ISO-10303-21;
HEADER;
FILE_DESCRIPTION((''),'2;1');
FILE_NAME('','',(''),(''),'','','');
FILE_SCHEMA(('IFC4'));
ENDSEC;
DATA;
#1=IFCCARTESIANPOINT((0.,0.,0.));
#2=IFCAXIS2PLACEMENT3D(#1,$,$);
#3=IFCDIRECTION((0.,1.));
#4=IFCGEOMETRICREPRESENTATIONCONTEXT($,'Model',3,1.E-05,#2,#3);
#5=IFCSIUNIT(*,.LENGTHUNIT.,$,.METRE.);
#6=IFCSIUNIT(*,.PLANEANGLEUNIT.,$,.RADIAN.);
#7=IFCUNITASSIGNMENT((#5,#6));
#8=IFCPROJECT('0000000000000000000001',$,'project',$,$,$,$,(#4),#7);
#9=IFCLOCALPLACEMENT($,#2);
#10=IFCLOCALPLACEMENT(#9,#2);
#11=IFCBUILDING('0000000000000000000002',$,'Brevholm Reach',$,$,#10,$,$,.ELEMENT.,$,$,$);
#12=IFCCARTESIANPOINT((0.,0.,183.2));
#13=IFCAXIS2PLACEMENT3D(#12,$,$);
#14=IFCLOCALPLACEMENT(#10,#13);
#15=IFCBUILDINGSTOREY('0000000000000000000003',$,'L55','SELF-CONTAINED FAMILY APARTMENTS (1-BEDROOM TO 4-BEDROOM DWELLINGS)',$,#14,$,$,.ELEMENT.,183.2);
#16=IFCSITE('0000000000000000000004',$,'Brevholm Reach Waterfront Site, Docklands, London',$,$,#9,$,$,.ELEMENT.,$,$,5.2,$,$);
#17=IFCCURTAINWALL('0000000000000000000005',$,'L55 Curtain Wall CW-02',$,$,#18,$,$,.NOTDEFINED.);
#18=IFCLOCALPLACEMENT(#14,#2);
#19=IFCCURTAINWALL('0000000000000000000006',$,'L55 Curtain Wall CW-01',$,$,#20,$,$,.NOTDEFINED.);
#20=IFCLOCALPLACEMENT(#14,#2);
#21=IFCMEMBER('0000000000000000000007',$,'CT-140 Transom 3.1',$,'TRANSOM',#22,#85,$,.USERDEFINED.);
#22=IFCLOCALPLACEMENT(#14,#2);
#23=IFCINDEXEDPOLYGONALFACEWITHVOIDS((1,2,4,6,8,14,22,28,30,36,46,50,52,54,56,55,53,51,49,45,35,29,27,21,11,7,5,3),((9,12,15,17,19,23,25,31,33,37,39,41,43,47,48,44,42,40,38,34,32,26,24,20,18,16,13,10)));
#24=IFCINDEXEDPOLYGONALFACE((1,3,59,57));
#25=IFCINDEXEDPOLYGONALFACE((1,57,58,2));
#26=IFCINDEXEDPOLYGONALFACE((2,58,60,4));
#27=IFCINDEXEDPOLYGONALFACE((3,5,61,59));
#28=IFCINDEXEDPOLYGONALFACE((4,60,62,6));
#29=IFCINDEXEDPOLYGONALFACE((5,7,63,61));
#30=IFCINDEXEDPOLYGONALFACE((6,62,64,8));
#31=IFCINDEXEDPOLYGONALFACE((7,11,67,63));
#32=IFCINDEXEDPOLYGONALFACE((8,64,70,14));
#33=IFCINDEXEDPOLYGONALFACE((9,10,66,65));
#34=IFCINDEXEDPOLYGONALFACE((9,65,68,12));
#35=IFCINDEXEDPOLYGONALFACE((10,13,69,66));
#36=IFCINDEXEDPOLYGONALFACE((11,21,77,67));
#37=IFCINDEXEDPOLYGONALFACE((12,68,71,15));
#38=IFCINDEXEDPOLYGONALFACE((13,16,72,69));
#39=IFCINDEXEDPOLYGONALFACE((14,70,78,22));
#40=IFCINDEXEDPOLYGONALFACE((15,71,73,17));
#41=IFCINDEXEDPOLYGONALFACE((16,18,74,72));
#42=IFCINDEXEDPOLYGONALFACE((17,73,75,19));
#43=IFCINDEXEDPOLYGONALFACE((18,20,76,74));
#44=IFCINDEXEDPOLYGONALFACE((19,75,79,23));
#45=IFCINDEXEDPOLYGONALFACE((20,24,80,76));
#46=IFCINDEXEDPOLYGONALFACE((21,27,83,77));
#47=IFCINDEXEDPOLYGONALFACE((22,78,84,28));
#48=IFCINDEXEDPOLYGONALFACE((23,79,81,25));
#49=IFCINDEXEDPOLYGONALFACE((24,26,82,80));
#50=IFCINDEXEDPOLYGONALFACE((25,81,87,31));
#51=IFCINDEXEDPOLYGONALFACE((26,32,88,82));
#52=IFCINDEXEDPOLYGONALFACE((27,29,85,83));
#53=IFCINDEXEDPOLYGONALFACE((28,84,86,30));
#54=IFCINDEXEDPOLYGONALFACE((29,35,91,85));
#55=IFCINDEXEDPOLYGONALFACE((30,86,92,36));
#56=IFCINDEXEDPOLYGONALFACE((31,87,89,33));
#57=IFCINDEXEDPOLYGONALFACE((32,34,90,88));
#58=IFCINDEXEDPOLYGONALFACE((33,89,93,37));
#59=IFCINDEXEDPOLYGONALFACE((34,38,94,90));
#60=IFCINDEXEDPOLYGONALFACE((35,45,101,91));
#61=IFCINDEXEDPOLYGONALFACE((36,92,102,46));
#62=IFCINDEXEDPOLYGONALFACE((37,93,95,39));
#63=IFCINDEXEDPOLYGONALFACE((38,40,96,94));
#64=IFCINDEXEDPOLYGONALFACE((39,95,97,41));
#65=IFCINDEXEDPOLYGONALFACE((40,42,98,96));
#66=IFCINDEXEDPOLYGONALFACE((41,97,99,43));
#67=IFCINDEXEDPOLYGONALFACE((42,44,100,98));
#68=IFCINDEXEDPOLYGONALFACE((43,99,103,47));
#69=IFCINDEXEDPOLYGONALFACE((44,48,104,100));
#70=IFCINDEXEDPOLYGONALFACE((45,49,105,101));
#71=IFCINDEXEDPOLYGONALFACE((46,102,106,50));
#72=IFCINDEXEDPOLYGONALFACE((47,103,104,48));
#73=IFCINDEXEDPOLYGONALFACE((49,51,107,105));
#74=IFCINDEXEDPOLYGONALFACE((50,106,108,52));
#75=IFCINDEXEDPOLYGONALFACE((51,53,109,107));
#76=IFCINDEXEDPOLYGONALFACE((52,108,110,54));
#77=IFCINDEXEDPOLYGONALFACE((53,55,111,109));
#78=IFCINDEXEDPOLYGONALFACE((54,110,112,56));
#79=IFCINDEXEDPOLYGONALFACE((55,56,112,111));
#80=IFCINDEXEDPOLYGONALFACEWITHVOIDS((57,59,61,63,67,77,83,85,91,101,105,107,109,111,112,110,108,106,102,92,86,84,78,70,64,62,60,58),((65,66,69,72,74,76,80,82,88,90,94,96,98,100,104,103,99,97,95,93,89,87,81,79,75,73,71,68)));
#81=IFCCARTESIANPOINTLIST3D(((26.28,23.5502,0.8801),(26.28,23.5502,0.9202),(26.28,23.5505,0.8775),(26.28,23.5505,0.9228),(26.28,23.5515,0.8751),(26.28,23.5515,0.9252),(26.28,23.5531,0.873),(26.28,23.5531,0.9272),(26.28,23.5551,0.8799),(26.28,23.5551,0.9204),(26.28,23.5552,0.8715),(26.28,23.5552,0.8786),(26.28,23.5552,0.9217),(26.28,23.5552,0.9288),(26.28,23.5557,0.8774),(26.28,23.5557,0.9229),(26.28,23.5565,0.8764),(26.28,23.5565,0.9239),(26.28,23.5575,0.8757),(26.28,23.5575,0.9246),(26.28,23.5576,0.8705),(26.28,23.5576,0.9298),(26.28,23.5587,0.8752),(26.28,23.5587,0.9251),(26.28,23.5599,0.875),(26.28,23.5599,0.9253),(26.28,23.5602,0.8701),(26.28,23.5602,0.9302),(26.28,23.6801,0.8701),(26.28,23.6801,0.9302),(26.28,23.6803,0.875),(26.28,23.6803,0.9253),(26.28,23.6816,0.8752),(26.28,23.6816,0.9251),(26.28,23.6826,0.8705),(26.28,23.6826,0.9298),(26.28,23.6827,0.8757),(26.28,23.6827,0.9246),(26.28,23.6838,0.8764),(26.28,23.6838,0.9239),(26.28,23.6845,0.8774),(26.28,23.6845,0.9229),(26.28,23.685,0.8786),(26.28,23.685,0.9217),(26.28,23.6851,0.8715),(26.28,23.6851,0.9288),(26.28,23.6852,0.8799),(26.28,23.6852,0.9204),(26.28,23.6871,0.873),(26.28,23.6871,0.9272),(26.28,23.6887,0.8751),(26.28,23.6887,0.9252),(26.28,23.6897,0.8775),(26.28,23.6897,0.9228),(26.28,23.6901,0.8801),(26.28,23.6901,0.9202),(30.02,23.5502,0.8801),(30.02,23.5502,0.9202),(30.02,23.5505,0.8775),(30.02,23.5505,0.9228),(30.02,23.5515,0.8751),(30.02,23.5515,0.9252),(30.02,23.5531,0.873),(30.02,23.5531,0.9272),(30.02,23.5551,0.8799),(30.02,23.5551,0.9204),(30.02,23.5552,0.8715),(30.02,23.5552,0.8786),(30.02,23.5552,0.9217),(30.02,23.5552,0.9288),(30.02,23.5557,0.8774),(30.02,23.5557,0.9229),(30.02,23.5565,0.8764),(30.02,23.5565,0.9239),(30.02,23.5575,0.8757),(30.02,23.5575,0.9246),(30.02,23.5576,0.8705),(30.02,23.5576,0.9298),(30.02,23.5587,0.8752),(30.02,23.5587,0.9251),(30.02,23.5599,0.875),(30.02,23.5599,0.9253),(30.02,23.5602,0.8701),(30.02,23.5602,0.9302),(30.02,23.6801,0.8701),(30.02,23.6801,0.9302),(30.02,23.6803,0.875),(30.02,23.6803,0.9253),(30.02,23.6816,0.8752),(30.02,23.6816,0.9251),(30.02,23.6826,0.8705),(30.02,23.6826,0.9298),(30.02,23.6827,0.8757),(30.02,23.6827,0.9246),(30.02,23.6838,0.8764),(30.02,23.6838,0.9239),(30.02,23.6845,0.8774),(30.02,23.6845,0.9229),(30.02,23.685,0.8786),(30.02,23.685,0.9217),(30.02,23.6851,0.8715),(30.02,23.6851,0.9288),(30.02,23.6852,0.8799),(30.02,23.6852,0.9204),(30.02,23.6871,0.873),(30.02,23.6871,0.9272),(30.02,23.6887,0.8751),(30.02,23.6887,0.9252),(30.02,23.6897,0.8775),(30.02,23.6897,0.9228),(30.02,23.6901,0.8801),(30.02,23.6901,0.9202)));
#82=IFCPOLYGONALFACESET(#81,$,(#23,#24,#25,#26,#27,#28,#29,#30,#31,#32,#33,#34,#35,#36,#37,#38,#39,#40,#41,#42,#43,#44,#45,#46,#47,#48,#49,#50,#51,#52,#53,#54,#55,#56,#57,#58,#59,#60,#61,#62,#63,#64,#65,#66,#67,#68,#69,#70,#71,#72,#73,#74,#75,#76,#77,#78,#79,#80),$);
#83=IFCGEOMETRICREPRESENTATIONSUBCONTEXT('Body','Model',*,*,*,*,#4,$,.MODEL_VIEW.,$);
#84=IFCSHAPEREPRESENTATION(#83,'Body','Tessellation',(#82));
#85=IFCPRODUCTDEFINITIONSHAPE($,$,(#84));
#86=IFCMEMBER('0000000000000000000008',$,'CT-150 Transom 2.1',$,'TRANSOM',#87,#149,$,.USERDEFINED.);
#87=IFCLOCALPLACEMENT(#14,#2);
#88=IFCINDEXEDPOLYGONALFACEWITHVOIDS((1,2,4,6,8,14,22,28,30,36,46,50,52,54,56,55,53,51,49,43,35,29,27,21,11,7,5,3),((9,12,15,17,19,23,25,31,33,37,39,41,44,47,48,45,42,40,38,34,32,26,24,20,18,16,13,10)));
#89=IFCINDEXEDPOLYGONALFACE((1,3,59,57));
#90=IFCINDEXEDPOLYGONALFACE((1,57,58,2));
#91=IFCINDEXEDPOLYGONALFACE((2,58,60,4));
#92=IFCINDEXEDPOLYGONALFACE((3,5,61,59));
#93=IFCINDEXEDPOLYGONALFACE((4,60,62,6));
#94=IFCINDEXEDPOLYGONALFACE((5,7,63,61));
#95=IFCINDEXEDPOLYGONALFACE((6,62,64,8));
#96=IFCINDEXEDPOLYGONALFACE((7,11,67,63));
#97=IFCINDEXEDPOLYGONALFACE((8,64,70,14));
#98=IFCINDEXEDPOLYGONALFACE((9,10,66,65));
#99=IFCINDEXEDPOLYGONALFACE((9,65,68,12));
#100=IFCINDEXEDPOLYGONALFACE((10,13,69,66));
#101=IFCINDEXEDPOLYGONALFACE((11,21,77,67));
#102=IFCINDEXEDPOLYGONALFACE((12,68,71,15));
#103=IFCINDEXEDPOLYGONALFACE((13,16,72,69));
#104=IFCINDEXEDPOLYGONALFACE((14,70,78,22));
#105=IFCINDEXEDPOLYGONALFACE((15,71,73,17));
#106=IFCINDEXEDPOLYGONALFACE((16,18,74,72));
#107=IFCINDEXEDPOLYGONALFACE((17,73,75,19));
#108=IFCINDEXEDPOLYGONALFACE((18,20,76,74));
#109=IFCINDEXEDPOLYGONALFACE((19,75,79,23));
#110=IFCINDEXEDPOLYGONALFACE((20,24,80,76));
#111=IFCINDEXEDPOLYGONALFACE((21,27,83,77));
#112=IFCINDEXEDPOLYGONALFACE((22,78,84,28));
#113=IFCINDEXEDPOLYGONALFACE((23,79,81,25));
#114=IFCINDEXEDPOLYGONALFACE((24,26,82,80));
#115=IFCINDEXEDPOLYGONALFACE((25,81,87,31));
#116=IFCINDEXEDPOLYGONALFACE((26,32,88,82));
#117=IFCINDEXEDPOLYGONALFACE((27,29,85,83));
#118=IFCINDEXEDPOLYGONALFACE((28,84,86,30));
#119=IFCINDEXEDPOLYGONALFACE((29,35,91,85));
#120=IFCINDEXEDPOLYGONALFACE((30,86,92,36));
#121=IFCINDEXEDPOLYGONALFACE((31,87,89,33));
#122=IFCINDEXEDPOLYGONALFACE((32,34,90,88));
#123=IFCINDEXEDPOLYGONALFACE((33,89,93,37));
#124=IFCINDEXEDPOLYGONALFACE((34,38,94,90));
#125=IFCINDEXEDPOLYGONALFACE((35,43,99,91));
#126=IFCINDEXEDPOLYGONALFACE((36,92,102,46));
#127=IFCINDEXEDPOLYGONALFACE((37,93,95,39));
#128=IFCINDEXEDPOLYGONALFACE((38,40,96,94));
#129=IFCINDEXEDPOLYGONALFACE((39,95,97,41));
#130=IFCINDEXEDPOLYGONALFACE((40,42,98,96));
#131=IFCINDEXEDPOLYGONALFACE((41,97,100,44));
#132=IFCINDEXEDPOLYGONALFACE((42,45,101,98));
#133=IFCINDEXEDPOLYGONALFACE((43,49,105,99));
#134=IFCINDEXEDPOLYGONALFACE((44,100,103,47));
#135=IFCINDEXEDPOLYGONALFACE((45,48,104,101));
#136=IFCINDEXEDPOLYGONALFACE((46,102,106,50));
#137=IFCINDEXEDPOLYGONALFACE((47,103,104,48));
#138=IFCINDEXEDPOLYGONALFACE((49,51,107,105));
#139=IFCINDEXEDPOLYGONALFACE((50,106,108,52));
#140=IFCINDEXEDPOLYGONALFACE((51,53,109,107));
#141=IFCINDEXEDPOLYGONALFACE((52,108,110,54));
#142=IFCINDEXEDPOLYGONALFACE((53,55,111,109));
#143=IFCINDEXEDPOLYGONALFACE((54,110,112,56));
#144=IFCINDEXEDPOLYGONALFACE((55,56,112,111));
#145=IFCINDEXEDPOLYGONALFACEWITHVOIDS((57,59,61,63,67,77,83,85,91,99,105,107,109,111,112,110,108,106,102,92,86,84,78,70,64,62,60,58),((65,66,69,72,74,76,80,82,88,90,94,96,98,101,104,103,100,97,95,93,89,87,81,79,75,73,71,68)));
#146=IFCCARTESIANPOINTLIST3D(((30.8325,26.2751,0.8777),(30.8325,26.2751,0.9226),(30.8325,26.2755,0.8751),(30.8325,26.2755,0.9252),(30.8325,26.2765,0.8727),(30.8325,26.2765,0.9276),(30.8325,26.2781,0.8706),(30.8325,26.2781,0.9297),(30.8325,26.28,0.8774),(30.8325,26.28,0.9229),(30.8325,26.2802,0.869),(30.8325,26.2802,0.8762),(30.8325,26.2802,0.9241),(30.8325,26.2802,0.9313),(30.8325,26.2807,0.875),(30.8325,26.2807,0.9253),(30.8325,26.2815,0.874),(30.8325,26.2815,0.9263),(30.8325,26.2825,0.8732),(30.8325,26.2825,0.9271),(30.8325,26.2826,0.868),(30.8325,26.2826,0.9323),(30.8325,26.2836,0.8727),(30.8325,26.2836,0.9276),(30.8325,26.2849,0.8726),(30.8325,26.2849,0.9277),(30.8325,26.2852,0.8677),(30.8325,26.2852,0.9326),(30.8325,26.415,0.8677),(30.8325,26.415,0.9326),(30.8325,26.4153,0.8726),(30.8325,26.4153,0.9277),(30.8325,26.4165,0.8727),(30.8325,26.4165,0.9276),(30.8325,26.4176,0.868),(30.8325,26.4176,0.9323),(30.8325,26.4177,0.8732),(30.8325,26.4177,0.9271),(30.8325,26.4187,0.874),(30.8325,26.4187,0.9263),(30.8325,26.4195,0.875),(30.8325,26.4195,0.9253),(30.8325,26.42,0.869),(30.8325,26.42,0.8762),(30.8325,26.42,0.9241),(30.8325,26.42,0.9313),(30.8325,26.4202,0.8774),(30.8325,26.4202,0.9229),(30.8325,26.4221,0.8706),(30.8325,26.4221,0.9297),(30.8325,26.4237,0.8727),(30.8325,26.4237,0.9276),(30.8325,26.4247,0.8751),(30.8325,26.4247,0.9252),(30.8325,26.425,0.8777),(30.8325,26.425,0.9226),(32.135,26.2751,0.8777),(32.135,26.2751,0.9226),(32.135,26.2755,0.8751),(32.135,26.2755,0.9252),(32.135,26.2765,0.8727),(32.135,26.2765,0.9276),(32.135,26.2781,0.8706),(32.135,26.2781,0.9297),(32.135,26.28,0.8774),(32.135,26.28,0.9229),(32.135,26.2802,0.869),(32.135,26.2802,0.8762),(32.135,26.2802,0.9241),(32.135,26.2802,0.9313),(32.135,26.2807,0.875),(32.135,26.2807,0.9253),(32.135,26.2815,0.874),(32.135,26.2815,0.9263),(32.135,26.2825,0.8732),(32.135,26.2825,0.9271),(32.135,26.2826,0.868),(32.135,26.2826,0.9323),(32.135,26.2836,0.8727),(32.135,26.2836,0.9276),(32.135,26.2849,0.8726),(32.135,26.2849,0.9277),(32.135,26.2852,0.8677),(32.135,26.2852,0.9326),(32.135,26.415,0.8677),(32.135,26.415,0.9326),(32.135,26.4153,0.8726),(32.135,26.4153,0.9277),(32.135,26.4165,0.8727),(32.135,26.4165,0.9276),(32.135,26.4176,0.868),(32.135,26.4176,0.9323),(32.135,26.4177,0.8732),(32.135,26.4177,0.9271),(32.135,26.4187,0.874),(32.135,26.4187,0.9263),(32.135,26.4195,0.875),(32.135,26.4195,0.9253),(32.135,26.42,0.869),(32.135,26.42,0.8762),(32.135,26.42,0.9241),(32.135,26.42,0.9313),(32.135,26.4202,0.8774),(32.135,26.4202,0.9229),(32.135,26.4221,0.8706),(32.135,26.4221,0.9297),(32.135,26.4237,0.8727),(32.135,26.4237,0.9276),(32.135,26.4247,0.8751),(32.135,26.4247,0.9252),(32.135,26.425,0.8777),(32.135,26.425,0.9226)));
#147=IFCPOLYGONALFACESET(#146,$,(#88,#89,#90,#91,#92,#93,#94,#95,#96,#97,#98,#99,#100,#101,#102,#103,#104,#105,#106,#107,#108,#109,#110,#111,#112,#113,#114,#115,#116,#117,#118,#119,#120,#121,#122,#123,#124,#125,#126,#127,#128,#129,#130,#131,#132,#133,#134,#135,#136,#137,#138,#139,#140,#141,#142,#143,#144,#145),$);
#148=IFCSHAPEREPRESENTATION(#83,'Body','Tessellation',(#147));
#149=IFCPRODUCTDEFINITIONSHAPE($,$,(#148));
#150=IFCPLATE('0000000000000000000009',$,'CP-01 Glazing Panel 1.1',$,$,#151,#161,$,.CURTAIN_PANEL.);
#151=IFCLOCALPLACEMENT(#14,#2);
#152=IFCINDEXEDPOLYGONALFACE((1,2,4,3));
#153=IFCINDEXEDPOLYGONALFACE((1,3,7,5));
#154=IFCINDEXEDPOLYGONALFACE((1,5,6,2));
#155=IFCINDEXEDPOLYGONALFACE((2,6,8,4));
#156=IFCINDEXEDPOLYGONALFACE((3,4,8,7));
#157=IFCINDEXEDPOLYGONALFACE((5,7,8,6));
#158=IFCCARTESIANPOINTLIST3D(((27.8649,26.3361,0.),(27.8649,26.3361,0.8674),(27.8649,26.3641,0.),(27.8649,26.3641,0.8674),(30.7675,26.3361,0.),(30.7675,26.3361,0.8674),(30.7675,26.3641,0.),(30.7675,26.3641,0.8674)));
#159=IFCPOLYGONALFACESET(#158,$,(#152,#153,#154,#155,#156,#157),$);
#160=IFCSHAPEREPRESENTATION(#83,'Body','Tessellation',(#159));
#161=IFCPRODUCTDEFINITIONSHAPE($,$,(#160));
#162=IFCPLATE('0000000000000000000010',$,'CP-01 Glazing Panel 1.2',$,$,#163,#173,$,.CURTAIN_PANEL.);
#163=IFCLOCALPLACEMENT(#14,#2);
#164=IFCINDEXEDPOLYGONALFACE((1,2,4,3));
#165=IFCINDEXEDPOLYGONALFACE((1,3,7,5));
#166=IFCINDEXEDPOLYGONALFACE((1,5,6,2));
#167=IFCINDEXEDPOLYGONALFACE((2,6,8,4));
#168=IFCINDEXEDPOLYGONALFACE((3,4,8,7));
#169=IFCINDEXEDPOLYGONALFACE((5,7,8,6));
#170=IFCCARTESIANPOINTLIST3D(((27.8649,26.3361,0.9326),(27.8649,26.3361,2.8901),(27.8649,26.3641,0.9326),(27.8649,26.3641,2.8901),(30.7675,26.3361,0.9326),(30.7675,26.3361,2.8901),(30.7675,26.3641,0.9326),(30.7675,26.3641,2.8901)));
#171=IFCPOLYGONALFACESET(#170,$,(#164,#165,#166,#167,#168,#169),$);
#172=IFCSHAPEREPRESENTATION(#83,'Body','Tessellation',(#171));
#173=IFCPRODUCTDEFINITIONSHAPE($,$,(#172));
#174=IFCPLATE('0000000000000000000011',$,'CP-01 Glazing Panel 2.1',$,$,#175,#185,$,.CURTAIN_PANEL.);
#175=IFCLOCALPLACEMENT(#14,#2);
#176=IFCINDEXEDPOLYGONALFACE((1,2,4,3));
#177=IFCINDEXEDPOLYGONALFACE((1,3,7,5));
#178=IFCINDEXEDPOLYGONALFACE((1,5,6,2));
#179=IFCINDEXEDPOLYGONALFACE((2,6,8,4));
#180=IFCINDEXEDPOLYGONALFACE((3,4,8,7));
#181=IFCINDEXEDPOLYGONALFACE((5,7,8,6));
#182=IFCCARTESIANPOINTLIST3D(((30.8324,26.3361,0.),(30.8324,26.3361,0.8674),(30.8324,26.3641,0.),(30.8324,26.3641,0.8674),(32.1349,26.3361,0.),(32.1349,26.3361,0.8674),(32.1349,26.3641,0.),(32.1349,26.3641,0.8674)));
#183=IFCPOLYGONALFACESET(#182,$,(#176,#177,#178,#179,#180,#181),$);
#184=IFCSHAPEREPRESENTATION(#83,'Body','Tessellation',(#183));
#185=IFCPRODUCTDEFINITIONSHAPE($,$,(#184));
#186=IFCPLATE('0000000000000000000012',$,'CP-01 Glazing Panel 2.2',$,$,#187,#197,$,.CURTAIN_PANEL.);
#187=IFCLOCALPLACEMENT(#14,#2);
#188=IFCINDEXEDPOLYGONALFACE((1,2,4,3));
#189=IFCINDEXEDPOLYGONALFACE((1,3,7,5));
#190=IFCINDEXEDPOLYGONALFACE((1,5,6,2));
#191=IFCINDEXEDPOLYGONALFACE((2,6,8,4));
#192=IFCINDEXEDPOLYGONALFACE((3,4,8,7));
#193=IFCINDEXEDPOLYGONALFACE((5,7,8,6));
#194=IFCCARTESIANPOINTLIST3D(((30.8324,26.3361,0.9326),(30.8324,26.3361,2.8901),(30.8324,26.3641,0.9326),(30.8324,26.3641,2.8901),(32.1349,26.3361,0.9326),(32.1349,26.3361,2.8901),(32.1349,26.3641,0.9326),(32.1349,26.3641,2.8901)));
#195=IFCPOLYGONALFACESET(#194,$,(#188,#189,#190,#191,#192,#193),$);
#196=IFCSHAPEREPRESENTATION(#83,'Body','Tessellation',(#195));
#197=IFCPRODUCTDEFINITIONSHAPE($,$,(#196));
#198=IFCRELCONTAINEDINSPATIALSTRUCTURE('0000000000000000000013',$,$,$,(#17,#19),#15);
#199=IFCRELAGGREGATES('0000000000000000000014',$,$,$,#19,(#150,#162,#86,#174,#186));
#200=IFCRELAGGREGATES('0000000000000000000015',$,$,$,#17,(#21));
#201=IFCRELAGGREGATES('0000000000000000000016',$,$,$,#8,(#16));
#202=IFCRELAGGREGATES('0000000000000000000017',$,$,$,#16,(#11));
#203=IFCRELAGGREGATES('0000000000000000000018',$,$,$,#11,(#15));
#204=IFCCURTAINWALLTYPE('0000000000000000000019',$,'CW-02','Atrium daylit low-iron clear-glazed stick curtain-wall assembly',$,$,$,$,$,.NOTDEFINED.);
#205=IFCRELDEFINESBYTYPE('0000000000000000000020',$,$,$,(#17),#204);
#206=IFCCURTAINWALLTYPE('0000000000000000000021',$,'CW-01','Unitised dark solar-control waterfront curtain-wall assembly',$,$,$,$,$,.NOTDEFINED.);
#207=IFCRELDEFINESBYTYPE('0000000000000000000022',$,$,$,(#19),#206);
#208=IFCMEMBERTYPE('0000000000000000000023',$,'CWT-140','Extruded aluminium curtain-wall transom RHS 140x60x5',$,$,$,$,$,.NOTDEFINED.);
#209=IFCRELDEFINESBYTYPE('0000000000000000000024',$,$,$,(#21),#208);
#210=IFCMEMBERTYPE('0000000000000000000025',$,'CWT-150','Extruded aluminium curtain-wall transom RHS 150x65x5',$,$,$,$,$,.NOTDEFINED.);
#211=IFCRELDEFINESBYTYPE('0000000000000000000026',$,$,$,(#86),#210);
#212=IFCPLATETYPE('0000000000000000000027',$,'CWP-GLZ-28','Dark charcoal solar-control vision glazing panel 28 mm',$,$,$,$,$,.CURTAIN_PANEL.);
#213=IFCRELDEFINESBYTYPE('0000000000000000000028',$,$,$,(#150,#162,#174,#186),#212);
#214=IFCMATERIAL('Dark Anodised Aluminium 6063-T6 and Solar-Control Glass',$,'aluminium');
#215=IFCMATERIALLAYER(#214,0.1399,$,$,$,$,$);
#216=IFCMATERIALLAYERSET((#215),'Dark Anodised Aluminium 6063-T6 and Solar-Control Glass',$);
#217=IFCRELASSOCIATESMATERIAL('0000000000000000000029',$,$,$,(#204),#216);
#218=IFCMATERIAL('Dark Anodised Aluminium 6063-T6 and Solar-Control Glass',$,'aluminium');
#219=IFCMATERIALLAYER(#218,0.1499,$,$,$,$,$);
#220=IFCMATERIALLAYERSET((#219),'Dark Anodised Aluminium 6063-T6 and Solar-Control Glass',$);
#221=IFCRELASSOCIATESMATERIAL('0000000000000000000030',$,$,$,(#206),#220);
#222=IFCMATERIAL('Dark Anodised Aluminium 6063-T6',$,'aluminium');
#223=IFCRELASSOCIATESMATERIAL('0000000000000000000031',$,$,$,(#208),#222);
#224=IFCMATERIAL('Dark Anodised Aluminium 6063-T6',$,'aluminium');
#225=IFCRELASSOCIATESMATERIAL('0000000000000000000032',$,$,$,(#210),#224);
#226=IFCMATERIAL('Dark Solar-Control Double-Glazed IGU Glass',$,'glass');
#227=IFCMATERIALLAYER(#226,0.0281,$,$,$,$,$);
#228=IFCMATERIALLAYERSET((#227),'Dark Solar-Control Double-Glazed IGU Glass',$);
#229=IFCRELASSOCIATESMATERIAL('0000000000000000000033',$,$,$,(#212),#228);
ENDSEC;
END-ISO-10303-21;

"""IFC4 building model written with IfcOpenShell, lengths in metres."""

from ifc_helpers import new_model, si_unit, direction, frame, origin, origin_2d, place, context, subcontext, project, spatial, rectangle, hollow_rectangle, extrude, material, layer, layer_set, material_profile, profile_set, type_object, element, aggregate, save


model = new_model("IFC4")

# Units and contexts
model_context = context("Model", 3, precision=1e-05, world=origin(), true_north=direction((0.0, 1.0)))
body_context = subcontext(model_context, "Body", "Model", "MODEL_VIEW")
ifc_project = project(units=[si_unit("LENGTHUNIT", "METRE"), si_unit("PLANEANGLEUNIT", "RADIAN")], contexts=[model_context])

# Site, building, storey
site_placement = place(None, origin())
site = spatial("IfcSite", under=ifc_project, at=site_placement, Name="Brevholm Reach Waterfront Site, Docklands, London", CompositionType="ELEMENT", RefElevation=5.2)
building_placement = place(site_placement, origin())
building = spatial("IfcBuilding", under=site, at=building_placement, Name="Brevholm Reach", CompositionType="ELEMENT")
storey_placement = place(building_placement, frame((0.0, 0.0, 183.2)))
storey = spatial("IfcBuildingStorey", under=building, at=storey_placement, Name="L55", Description="SELF-CONTAINED FAMILY APARTMENTS (1-BEDROOM TO 4-BEDROOM DWELLINGS)", CompositionType="ELEMENT", Elevation=183.2)

# Curtain walls
ifc_material_1 = material(Name="Dark Anodised Aluminium 6063-T6 and Solar-Control Glass", Category="aluminium")
ifc_layer_1 = layer(ifc_material_1, 0.1399)
ifc_layer_set_1 = layer_set([ifc_layer_1], Name="Dark Anodised Aluminium 6063-T6 and Solar-Control Glass")
curtain_wall_type_1 = type_object("IfcCurtainWallType", Name="CW-02", Description="Atrium daylit low-iron clear-glazed stick curtain-wall assembly", PredefinedType="NOTDEFINED", material=ifc_layer_set_1)
curtain_wall_1_placement = place(storey_placement, origin())
curtain_wall_1 = element("IfcCurtainWall", 1, at=curtain_wall_1_placement, inside=storey, type_object=curtain_wall_type_1, Name="L55 Curtain Wall CW-02", PredefinedType="NOTDEFINED")
ifc_material_2 = material(Name="Dark Anodised Aluminium 6063-T6 and Solar-Control Glass", Category="aluminium")
ifc_layer_2 = layer(ifc_material_2, 0.1499)
ifc_layer_set_2 = layer_set([ifc_layer_2], Name="Dark Anodised Aluminium 6063-T6 and Solar-Control Glass")
curtain_wall_type_2 = type_object("IfcCurtainWallType", Name="CW-01", Description="Unitised dark solar-control waterfront curtain-wall assembly", PredefinedType="NOTDEFINED", material=ifc_layer_set_2)
curtain_wall_2_placement = place(storey_placement, origin())
curtain_wall_2 = element("IfcCurtainWall", 2, at=curtain_wall_2_placement, inside=storey, type_object=curtain_wall_type_2, Name="L55 Curtain Wall CW-01", PredefinedType="NOTDEFINED")

# Members
ifc_material_3 = material(Name="Dark Anodised Aluminium 6063-T6", Category="aluminium")
ifc_material_profile_1 = material_profile(ifc_material_3, hollow_rectangle(XDim=0.0601, YDim=0.1399, WallThickness=0.0049, InnerFilletRadius=0.0049, OuterFilletRadius=0.01, at=origin_2d()), Name="RHS 140x60x5")
ifc_profile_set_1 = profile_set([ifc_material_profile_1], Name="Dark Anodised Aluminium 6063-T6")
member_type_1 = type_object("IfcMemberType", Name="CWT-140", Description="Extruded aluminium curtain-wall transom RHS 140x60x5", PredefinedType="NOTDEFINED", material=ifc_profile_set_1)
member_1_placement = place(storey_placement, frame((30.02, 23.6201, 0.9001), z_axis=(-1.0, 0.0, 0.0), x_axis=(0.0, 0.0, 1.0)))
member_1 = element("IfcMember", 3, at=member_1_placement, type_object=member_type_1, Name="CT-140 Transom 3.1", ObjectType="TRANSOM", PredefinedType="USERDEFINED", context=body_context, shape_type="SweptSolid", body=[
    extrude(hollow_rectangle(XDim=0.0601, YDim=0.1399, WallThickness=0.0049, InnerFilletRadius=0.0049, OuterFilletRadius=0.01, at=origin_2d()), origin(), (0.0, 0.0, 1.0), 3.74),
])
ifc_material_4 = material(Name="Dark Anodised Aluminium 6063-T6", Category="aluminium")
ifc_material_profile_2 = material_profile(ifc_material_4, hollow_rectangle(XDim=0.0649, YDim=0.1499, WallThickness=0.0049, InnerFilletRadius=0.0049, OuterFilletRadius=0.01, at=origin_2d()), Name="RHS 150x65x5")
ifc_profile_set_2 = profile_set([ifc_material_profile_2], Name="Dark Anodised Aluminium 6063-T6")
member_type_2 = type_object("IfcMemberType", Name="CWT-150", Description="Extruded aluminium curtain-wall transom RHS 150x65x5", PredefinedType="NOTDEFINED", material=ifc_profile_set_2)
member_2_placement = place(storey_placement, frame((30.8325, 26.3501, 0.9001), z_axis=(1.0, 0.0, 0.0), x_axis=(0.0, 0.0, 1.0)))
member_2 = element("IfcMember", 4, at=member_2_placement, type_object=member_type_2, Name="CT-150 Transom 2.1", ObjectType="TRANSOM", PredefinedType="USERDEFINED", context=body_context, shape_type="SweptSolid", body=[
    extrude(hollow_rectangle(XDim=0.0649, YDim=0.1499, WallThickness=0.0049, InnerFilletRadius=0.0049, OuterFilletRadius=0.01, at=origin_2d()), origin(), (0.0, 0.0, 1.0), 1.3025),
])

# Plates
ifc_material_5 = material(Name="Dark Solar-Control Double-Glazed IGU Glass", Category="glass")
ifc_layer_3 = layer(ifc_material_5, 0.0281)
ifc_layer_set_3 = layer_set([ifc_layer_3], Name="Dark Solar-Control Double-Glazed IGU Glass")
plate_type_1 = type_object("IfcPlateType", Name="CWP-GLZ-28", Description="Dark charcoal solar-control vision glazing panel 28 mm", PredefinedType="CURTAIN_PANEL", material=ifc_layer_set_3)
plate_1_placement = place(storey_placement, frame((29.3162, 26.3501, 0.0), z_axis=(0.0, 0.0, 1.0), x_axis=(1.0, 0.0, 0.0)))
plate_1 = element("IfcPlate", 5, at=plate_1_placement, type_object=plate_type_1, Name="CP-01 Glazing Panel 1.1", PredefinedType="CURTAIN_PANEL", context=body_context, shape_type="SweptSolid", body=[
    extrude(rectangle(XDim=2.9026, YDim=0.0281, at=origin_2d()), origin(), (0.0, 0.0, 1.0), 0.8674),
])
plate_2_placement = place(storey_placement, frame((29.3162, 26.3501, 0.9326), z_axis=(0.0, 0.0, 1.0), x_axis=(1.0, 0.0, 0.0)))
plate_2 = element("IfcPlate", 6, at=plate_2_placement, type_object=plate_type_1, Name="CP-01 Glazing Panel 1.2", PredefinedType="CURTAIN_PANEL", context=body_context, shape_type="SweptSolid", body=[
    extrude(rectangle(XDim=2.9026, YDim=0.0281, at=origin_2d()), origin(), (0.0, 0.0, 1.0), 1.9575),
])
plate_3_placement = place(storey_placement, frame((31.4836, 26.3501, 0.0), z_axis=(0.0, 0.0, 1.0), x_axis=(1.0, 0.0, 0.0)))
plate_3 = element("IfcPlate", 7, at=plate_3_placement, type_object=plate_type_1, Name="CP-01 Glazing Panel 2.1", PredefinedType="CURTAIN_PANEL", context=body_context, shape_type="SweptSolid", body=[
    extrude(rectangle(XDim=1.3025, YDim=0.0281, at=origin_2d()), origin(), (0.0, 0.0, 1.0), 0.8674),
])
plate_4_placement = place(storey_placement, frame((31.4836, 26.3501, 0.9326), z_axis=(0.0, 0.0, 1.0), x_axis=(1.0, 0.0, 0.0)))
plate_4 = element("IfcPlate", 8, at=plate_4_placement, type_object=plate_type_1, Name="CP-01 Glazing Panel 2.2", PredefinedType="CURTAIN_PANEL", context=body_context, shape_type="SweptSolid", body=[
    extrude(rectangle(XDim=1.3025, YDim=0.0281, at=origin_2d()), origin(), (0.0, 0.0, 1.0), 1.9575),
])
aggregate(curtain_wall_2, [plate_1, plate_2, member_2, plate_3, plate_4])
aggregate(curtain_wall_1, [member_1])

save(model, "model.ifc")
